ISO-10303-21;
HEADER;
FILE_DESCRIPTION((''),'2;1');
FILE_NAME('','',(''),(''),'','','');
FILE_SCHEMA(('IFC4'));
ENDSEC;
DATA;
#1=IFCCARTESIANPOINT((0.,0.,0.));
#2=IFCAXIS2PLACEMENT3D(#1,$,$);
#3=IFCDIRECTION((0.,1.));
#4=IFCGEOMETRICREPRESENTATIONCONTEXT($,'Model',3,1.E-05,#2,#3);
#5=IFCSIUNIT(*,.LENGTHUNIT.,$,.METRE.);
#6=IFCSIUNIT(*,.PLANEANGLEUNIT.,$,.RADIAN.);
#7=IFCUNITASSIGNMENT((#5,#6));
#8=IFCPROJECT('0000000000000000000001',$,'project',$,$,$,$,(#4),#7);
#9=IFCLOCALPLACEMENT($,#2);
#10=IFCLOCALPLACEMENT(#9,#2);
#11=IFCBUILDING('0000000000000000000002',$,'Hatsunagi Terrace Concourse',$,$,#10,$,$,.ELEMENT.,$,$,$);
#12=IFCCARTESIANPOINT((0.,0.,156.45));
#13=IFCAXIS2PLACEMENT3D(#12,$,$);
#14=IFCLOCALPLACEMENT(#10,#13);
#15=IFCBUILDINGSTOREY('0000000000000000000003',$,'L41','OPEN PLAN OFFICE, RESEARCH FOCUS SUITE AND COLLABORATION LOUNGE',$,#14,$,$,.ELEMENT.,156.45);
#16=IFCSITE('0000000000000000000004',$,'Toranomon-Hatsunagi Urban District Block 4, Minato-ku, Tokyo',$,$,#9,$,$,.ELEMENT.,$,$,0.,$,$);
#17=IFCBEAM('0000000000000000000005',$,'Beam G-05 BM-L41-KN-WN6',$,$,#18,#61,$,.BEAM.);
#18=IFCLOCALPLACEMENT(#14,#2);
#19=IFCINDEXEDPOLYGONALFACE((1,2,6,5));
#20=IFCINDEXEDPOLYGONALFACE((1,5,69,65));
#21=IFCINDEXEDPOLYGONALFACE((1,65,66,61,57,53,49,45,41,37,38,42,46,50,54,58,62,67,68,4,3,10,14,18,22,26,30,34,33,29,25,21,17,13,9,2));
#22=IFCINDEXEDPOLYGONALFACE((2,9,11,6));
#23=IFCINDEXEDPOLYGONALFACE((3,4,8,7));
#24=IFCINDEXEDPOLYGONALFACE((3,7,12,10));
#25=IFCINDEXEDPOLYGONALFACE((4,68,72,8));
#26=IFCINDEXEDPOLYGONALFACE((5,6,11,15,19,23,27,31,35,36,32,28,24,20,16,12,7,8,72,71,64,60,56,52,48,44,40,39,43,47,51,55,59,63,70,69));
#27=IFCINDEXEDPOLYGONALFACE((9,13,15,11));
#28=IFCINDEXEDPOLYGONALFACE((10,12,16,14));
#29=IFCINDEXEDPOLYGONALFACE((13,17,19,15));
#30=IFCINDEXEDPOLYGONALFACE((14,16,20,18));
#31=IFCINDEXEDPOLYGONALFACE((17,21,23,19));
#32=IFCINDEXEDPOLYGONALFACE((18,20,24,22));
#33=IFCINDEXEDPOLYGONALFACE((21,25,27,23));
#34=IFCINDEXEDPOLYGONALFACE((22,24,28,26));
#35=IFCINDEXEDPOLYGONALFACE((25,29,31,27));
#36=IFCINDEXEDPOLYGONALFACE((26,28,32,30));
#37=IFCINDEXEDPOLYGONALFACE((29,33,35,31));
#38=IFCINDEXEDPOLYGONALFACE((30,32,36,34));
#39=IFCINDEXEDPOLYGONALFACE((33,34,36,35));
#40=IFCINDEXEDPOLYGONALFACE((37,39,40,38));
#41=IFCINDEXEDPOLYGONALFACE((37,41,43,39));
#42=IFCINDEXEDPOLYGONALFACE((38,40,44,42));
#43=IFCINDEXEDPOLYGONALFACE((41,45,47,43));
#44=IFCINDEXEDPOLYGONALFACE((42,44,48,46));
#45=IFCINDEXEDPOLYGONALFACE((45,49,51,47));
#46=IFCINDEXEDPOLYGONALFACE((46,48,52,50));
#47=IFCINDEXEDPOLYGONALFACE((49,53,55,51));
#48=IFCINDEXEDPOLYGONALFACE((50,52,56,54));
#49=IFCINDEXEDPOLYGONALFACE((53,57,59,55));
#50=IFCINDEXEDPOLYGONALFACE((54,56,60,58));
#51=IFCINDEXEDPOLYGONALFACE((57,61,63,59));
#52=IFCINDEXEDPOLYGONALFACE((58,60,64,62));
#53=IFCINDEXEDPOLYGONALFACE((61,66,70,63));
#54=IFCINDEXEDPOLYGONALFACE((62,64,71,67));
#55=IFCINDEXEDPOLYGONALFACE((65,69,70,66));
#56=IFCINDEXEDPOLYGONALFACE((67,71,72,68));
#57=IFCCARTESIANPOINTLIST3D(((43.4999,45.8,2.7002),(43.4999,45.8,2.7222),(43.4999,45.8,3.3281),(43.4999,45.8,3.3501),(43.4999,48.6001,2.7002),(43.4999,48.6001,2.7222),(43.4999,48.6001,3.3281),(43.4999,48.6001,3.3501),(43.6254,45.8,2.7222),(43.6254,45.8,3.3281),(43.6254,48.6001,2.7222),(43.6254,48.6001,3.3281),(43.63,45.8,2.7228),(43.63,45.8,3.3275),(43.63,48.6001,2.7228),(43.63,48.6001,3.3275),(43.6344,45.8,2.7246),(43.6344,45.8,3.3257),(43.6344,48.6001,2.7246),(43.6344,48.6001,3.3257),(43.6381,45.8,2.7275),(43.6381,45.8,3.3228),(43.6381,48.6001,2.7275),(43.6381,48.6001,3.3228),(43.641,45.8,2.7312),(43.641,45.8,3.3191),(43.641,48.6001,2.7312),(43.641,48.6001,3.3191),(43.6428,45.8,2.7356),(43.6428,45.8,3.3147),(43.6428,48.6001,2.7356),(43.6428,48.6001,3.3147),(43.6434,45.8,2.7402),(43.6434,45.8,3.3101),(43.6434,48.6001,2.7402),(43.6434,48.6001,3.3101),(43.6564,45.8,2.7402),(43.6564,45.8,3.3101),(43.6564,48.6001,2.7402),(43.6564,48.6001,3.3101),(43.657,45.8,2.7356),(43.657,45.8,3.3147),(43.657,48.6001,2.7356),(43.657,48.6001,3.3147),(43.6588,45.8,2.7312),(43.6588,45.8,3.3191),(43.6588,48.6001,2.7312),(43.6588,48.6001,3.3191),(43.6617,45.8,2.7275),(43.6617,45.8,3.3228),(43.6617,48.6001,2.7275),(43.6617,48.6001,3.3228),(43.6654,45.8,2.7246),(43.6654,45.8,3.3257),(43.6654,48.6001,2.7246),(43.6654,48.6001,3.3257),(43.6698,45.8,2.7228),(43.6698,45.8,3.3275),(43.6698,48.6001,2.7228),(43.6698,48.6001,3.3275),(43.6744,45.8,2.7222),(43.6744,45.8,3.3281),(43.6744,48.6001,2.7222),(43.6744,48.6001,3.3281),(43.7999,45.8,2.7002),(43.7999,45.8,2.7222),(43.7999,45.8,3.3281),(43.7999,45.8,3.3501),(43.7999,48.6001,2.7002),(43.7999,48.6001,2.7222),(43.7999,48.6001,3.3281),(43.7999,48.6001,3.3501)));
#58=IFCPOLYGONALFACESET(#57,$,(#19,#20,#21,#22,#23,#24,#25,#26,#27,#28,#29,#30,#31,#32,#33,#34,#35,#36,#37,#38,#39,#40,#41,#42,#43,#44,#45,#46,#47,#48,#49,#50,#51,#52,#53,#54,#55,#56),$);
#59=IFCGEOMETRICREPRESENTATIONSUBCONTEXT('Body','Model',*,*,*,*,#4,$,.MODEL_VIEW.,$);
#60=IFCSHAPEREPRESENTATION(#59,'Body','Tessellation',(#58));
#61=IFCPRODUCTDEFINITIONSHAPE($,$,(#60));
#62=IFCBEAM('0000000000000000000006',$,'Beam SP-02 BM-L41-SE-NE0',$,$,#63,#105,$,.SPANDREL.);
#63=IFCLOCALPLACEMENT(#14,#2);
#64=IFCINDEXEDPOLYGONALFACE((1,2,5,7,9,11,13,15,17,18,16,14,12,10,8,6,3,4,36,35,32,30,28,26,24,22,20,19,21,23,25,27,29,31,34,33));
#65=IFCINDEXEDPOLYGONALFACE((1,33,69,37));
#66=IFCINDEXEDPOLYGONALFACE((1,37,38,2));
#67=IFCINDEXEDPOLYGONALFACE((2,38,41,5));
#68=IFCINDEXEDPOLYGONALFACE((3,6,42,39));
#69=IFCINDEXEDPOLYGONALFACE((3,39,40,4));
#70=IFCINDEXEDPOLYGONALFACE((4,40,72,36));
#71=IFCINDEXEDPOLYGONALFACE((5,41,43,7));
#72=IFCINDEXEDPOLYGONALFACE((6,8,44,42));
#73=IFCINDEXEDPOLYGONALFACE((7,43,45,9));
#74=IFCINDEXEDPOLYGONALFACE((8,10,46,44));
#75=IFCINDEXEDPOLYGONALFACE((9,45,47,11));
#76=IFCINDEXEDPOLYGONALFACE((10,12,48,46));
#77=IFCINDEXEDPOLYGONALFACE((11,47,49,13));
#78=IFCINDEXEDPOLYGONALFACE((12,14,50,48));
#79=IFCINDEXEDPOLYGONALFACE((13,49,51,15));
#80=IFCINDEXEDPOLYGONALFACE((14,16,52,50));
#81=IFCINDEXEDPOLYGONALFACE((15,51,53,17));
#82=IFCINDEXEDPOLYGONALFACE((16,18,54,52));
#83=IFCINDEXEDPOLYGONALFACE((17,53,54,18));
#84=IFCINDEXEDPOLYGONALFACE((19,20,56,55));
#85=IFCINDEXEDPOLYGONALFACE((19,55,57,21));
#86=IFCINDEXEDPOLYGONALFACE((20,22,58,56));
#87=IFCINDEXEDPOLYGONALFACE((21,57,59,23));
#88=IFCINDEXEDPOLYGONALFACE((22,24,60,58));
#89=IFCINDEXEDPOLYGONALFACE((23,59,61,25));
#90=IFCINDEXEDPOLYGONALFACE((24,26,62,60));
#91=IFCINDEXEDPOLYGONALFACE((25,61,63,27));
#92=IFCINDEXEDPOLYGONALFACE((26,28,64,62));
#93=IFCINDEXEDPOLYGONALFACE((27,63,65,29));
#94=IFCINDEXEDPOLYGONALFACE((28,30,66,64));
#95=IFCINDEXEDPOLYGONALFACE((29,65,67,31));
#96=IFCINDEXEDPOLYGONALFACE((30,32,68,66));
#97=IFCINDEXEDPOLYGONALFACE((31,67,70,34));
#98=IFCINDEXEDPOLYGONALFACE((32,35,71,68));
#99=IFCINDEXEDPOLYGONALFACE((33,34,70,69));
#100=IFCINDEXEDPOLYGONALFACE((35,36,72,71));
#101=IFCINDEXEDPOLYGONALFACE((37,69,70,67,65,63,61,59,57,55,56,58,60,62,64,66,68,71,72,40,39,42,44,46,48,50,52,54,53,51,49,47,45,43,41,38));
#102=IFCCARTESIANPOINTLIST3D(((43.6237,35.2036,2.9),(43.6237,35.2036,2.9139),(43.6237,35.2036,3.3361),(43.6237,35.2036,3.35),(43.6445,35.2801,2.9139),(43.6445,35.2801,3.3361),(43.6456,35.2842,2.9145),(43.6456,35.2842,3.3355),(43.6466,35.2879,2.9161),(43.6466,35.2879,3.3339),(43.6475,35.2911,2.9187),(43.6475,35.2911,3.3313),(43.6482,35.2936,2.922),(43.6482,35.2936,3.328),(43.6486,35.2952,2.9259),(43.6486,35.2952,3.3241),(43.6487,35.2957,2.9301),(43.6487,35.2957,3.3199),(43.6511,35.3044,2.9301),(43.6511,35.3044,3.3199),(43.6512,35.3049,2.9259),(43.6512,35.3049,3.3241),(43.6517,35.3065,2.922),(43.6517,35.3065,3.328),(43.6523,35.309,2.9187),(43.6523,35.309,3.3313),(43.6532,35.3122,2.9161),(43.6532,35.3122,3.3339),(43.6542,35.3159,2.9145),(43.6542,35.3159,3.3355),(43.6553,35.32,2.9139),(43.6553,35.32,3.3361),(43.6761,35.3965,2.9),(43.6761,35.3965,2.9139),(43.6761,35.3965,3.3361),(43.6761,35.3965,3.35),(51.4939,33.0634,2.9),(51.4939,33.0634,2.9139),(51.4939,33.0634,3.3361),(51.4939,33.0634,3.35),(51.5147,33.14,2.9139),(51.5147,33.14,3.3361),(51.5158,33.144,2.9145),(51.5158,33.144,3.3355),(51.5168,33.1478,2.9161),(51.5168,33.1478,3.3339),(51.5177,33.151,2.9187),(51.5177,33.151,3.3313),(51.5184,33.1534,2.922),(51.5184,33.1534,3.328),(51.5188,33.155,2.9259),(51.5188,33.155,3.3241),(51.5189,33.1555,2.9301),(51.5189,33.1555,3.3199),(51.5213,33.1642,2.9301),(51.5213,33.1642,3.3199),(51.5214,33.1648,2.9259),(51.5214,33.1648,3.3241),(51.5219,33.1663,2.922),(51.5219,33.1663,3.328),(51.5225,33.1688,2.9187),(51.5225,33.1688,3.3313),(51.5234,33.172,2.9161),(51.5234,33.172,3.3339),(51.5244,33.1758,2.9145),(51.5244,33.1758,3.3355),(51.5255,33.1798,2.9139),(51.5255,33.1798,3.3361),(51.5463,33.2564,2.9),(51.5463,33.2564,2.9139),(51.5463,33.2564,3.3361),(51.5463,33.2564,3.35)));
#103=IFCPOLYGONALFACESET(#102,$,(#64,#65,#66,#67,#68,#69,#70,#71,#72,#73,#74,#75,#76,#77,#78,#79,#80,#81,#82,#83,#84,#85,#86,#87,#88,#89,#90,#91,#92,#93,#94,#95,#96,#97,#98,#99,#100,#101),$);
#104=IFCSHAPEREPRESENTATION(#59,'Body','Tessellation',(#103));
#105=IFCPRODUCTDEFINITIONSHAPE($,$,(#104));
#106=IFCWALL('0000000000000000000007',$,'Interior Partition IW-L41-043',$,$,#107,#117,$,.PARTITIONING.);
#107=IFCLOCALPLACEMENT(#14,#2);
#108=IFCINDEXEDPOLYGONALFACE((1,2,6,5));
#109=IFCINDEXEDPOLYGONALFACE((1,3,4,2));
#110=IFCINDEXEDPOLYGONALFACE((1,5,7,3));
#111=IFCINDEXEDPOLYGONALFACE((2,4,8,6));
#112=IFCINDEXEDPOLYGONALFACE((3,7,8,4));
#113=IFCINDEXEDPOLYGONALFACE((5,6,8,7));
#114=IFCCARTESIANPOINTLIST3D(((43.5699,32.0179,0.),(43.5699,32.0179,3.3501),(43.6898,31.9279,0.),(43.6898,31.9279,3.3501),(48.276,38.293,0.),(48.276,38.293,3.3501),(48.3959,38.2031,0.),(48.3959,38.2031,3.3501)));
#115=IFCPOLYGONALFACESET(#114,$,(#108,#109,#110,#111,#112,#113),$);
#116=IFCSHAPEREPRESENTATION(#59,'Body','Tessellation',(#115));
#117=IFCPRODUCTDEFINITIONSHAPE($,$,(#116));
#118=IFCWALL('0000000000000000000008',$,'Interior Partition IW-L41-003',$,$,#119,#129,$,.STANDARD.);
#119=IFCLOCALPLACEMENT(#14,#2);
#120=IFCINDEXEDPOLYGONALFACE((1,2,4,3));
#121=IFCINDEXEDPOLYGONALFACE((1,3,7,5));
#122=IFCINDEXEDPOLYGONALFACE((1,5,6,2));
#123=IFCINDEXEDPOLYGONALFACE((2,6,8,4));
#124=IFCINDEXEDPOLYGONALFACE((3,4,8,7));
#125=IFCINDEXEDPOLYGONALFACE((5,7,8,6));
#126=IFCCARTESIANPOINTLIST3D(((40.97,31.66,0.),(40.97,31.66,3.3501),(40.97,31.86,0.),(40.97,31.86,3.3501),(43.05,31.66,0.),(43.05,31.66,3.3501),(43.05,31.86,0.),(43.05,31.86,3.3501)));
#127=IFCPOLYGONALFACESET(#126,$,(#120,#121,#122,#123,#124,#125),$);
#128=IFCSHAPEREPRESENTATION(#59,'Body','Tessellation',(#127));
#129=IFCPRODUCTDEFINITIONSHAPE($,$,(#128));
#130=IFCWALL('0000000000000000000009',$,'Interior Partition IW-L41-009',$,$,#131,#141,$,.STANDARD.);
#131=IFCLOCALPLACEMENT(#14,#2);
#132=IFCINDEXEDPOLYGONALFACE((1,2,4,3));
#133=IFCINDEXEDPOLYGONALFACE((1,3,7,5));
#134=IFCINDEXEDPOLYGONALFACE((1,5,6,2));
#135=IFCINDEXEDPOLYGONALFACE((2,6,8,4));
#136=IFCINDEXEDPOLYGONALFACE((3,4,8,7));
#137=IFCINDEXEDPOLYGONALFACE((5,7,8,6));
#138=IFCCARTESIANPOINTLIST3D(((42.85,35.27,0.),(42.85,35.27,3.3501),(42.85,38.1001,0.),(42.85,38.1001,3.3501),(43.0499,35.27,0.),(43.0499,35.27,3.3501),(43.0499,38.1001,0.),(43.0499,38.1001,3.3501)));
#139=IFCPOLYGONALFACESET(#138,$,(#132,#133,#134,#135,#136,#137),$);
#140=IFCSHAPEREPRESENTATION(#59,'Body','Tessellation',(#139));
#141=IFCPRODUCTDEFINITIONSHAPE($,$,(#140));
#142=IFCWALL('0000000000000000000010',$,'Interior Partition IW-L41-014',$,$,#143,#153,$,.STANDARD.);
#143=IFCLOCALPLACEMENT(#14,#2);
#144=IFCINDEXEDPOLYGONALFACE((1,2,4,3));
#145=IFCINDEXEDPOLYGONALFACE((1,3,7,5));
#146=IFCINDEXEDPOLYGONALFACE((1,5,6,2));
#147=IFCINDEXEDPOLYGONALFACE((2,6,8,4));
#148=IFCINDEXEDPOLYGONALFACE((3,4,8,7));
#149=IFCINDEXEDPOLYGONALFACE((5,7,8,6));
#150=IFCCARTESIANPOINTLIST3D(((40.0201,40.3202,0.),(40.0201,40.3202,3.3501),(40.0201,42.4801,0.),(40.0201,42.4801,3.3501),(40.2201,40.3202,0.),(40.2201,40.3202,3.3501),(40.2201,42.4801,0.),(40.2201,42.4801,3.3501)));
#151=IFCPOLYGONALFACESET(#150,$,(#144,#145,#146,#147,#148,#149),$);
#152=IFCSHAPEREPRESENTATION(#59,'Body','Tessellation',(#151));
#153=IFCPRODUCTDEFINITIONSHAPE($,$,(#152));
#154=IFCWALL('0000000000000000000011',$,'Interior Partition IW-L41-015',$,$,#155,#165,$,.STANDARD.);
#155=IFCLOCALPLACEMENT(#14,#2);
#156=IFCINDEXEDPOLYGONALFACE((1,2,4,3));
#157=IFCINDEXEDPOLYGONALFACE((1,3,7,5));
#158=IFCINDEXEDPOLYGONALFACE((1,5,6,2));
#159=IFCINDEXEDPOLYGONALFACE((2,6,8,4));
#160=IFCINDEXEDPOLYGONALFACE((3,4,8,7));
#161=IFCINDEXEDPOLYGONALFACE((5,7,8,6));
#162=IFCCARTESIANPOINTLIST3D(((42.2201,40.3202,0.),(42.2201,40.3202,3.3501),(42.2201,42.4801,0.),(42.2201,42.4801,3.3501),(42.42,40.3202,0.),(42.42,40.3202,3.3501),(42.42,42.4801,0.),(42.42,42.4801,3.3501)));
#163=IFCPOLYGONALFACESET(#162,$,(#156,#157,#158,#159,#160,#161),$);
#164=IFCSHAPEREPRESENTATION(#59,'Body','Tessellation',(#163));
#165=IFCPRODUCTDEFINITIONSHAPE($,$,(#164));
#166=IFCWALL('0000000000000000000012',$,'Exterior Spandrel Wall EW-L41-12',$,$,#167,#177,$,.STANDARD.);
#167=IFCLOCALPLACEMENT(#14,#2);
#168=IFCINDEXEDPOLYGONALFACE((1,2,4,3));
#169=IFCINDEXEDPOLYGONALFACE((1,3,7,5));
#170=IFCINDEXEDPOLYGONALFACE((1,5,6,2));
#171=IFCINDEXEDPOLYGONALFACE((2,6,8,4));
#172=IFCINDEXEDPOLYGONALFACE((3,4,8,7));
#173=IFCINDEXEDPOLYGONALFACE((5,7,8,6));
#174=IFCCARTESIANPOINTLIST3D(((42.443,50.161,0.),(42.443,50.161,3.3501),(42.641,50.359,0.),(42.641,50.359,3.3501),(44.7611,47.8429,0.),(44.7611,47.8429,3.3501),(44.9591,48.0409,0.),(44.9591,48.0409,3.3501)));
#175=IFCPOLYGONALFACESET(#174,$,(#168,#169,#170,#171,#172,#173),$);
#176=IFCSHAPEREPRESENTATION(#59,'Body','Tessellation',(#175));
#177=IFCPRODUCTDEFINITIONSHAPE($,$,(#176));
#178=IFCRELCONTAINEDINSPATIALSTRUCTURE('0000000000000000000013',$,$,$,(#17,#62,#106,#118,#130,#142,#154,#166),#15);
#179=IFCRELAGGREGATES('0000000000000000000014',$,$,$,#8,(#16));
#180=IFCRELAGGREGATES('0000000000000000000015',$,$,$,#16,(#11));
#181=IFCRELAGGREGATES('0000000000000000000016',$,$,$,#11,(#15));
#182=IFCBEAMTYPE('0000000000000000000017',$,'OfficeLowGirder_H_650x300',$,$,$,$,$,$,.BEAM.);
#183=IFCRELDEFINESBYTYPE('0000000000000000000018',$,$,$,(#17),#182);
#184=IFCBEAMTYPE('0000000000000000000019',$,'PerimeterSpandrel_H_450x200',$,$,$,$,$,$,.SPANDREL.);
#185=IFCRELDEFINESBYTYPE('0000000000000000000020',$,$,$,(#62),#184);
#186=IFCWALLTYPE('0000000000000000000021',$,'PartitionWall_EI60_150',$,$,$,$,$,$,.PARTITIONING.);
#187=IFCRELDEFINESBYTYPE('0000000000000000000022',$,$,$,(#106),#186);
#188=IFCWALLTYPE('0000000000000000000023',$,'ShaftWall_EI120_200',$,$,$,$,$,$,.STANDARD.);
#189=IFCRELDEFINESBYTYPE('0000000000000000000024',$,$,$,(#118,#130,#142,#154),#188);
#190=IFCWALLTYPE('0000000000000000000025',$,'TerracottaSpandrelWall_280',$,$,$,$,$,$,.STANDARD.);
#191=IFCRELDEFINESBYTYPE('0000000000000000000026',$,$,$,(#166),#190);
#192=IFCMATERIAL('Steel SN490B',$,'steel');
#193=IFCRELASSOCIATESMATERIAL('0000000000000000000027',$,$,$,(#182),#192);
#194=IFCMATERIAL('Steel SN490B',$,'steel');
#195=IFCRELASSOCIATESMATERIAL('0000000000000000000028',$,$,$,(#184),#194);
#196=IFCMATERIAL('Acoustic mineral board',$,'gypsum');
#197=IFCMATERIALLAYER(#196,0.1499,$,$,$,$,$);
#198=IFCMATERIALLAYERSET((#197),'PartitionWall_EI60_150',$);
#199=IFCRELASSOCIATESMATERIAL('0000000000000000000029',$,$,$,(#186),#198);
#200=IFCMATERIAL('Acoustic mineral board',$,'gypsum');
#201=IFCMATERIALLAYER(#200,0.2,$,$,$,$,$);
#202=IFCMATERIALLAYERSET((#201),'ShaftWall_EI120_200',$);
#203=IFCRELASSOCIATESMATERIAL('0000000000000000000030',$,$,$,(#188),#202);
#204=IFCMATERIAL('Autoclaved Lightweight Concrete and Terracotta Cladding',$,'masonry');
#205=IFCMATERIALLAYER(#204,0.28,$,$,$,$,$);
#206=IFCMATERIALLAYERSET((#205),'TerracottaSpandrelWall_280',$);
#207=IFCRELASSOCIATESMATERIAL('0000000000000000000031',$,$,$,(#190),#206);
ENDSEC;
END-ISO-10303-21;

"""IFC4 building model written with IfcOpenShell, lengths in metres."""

from ifc_helpers import new_model, si_unit, direction, frame, frame_2d, origin, origin_2d, place, context, subcontext, project, spatial, rectangle, i_section, extrude, material, layer, layer_set, material_profile, profile_set, type_object, element, save


model = new_model("IFC4")

# Units and contexts
model_context = context("Model", 3, precision=1e-05, world=origin(), true_north=direction((0.0, 1.0)))
body_context = subcontext(model_context, "Body", "Model", "MODEL_VIEW")
ifc_project = project(units=[si_unit("LENGTHUNIT", "METRE"), si_unit("PLANEANGLEUNIT", "RADIAN")], contexts=[model_context])

# Site, building, storey
site_placement = place(None, origin())
site = spatial("IfcSite", under=ifc_project, at=site_placement, Name="Toranomon-Hatsunagi Urban District Block 4, Minato-ku, Tokyo", CompositionType="ELEMENT", RefElevation=0.0)
building_placement = place(site_placement, origin())
building = spatial("IfcBuilding", under=site, at=building_placement, Name="Hatsunagi Terrace Concourse", CompositionType="ELEMENT")
storey_placement = place(building_placement, frame((0.0, 0.0, 156.45)))
storey = spatial("IfcBuildingStorey", under=building, at=storey_placement, Name="L41", Description="OPEN PLAN OFFICE, RESEARCH FOCUS SUITE AND COLLABORATION LOUNGE", CompositionType="ELEMENT", Elevation=156.45)

# Beams
ifc_material_1 = material(Name="Steel SN490B", Category="steel")
ifc_material_profile_1 = material_profile(ifc_material_1, i_section(OverallWidth=0.3, OverallDepth=0.6499, WebThickness=0.0129, FlangeThickness=0.022, FilletRadius=0.0181, at=origin_2d()), Name="H-650x300x13x22")
ifc_profile_set_1 = profile_set([ifc_material_profile_1], Name="Steel SN490B")
beam_type_1 = type_object("IfcBeamType", Name="OfficeLowGirder_H_650x300", PredefinedType="BEAM", material=ifc_profile_set_1)
for number, where, z_axis, x_axis, name in (
    (1, (43.6499, 45.8, 3.0251), (0.0, 1.0, 0.0), (-1.0, 0.0, 0.0), "Beam G-05 BM-L41-KN-WN6"),
):
    element("IfcBeam", number, at=place(storey_placement, frame(where, z_axis=z_axis, x_axis=x_axis)), inside=storey, type_object=beam_type_1, Name=name, PredefinedType="BEAM", context=body_context, shape_type="SweptSolid", body=[
        extrude(i_section(OverallWidth=0.3, OverallDepth=0.6499, WebThickness=0.0129, FlangeThickness=0.022, FilletRadius=0.0181, at=origin_2d()), origin(), (0.0, 0.0, 1.0), 2.8),
    ])
ifc_material_2 = material(Name="Steel SN490B", Category="steel")
ifc_material_profile_2 = material_profile(ifc_material_2, i_section(OverallWidth=0.2, OverallDepth=0.45, WebThickness=0.009, FlangeThickness=0.0139, FilletRadius=0.0161, at=origin_2d()), Name="H-450x200x9x14")
ifc_profile_set_2 = profile_set([ifc_material_profile_2], Name="Steel SN490B")
beam_type_2 = type_object("IfcBeamType", Name="PerimeterSpandrel_H_450x200", PredefinedType="SPANDREL", material=ifc_profile_set_2)
beam_1_placement = place(storey_placement, frame((43.6499, 35.3, 3.125), z_axis=(0.964958, -0.262403, 0.0), x_axis=(0.262403, 0.964958, 0.0)))
element("IfcBeam", 2, at=beam_1_placement, inside=storey, type_object=beam_type_2, Name="Beam SP-02 BM-L41-SE-NE0", PredefinedType="SPANDREL", context=body_context, shape_type="SweptSolid", body=[
    extrude(i_section(OverallWidth=0.2, OverallDepth=0.45, WebThickness=0.009, FlangeThickness=0.0139, FilletRadius=0.0161, at=origin_2d()), origin(), (0.0, 0.0, 1.0), 8.156),
])

# Walls
ifc_material_3 = material(Name="Acoustic mineral board", Category="gypsum")
ifc_layer_1 = layer(ifc_material_3, 0.1499)
ifc_layer_set_1 = layer_set([ifc_layer_1], Name="PartitionWall_EI60_150")
wall_type_1 = type_object("IfcWallType", Name="PartitionWall_EI60_150", PredefinedType="PARTITIONING", material=ifc_layer_set_1)
wall_1_placement = place(storey_placement, frame((43.6299, 31.9729, 0.0), z_axis=(0.0, 0.0, 1.0), x_axis=(0.599975, 0.800019, 0.0)))
element("IfcWall", 3, at=wall_1_placement, inside=storey, type_object=wall_type_1, Name="Interior Partition IW-L41-043", PredefinedType="PARTITIONING", context=body_context, shape_type="SweptSolid", body=[
    extrude(rectangle(XDim=7.8438, YDim=0.1499, at=frame_2d((3.9219, 0.0))), origin(), (0.0, 0.0, 1.0), 3.3501),
])
ifc_material_4 = material(Name="Acoustic mineral board", Category="gypsum")
ifc_layer_2 = layer(ifc_material_4, 0.2)
ifc_layer_set_2 = layer_set([ifc_layer_2], Name="ShaftWall_EI120_200")
wall_type_2 = type_object("IfcWallType", Name="ShaftWall_EI120_200", PredefinedType="STANDARD", material=ifc_layer_set_2)
wall_2_placement = place(storey_placement, frame((40.97, 31.76, 0.0), z_axis=(0.0, 0.0, 1.0), x_axis=(1.0, 0.0, 0.0)))
element("IfcWall", 4, at=wall_2_placement, inside=storey, type_object=wall_type_2, Name="Interior Partition IW-L41-003", PredefinedType="STANDARD", context=body_context, shape_type="SweptSolid", body=[
    extrude(rectangle(XDim=2.0801, YDim=0.2, at=frame_2d((1.04, 0.0))), origin(), (0.0, 0.0, 1.0), 3.3501),
])
wall_3_placement = place(storey_placement, frame((42.95, 35.27, 0.0), z_axis=(0.0, 0.0, 1.0), x_axis=(0.0, 1.0, 0.0)))
element("IfcWall", 5, at=wall_3_placement, inside=storey, type_object=wall_type_2, Name="Interior Partition IW-L41-009", PredefinedType="STANDARD", context=body_context, shape_type="SweptSolid", body=[
    extrude(rectangle(XDim=2.8301, YDim=0.2, at=frame_2d((1.415, 0.0))), origin(), (0.0, 0.0, 1.0), 3.3501),
])
for number, where, z_axis, x_axis, name in (
    (6, (40.1201, 40.3201, 0.0), (0.0, 0.0, 1.0), (0.0, 1.0, 0.0), "Interior Partition IW-L41-014"),
    (7, (42.3201, 40.3201, 0.0), (0.0, 0.0, 1.0), (0.0, 1.0, 0.0), "Interior Partition IW-L41-015"),
):
    element("IfcWall", number, at=place(storey_placement, frame(where, z_axis=z_axis, x_axis=x_axis)), inside=storey, type_object=wall_type_2, Name=name, PredefinedType="STANDARD", context=body_context, shape_type="SweptSolid", body=[
        extrude(rectangle(XDim=2.1599, YDim=0.2, at=frame_2d((1.0801, 0.0))), origin(), (0.0, 0.0, 1.0), 3.3501),
    ])
ifc_material_5 = material(Name="Autoclaved Lightweight Concrete and Terracotta Cladding", Category="masonry")
ifc_layer_3 = layer(ifc_material_5, 0.28)
ifc_layer_set_3 = layer_set([ifc_layer_3], Name="TerracottaSpandrelWall_280")
wall_type_3 = type_object("IfcWallType", Name="TerracottaSpandrelWall_280", PredefinedType="STANDARD", material=ifc_layer_set_3)
wall_4_placement = place(storey_placement, frame((42.542, 50.26, 0.0), z_axis=(0.0, 0.0, 1.0), x_axis=(0.707107, -0.707107, 0.0)))
element("IfcWall", 8, at=wall_4_placement, inside=storey, type_object=wall_type_3, Name="Exterior Spandrel Wall EW-L41-12", PredefinedType="STANDARD", context=body_context, shape_type="SweptSolid", body=[
    extrude(rectangle(XDim=3.2783, YDim=0.28, at=frame_2d((1.6392, 0.0))), origin(), (0.0, 0.0, 1.0), 3.3501),
])

save(model, "model.ifc")
